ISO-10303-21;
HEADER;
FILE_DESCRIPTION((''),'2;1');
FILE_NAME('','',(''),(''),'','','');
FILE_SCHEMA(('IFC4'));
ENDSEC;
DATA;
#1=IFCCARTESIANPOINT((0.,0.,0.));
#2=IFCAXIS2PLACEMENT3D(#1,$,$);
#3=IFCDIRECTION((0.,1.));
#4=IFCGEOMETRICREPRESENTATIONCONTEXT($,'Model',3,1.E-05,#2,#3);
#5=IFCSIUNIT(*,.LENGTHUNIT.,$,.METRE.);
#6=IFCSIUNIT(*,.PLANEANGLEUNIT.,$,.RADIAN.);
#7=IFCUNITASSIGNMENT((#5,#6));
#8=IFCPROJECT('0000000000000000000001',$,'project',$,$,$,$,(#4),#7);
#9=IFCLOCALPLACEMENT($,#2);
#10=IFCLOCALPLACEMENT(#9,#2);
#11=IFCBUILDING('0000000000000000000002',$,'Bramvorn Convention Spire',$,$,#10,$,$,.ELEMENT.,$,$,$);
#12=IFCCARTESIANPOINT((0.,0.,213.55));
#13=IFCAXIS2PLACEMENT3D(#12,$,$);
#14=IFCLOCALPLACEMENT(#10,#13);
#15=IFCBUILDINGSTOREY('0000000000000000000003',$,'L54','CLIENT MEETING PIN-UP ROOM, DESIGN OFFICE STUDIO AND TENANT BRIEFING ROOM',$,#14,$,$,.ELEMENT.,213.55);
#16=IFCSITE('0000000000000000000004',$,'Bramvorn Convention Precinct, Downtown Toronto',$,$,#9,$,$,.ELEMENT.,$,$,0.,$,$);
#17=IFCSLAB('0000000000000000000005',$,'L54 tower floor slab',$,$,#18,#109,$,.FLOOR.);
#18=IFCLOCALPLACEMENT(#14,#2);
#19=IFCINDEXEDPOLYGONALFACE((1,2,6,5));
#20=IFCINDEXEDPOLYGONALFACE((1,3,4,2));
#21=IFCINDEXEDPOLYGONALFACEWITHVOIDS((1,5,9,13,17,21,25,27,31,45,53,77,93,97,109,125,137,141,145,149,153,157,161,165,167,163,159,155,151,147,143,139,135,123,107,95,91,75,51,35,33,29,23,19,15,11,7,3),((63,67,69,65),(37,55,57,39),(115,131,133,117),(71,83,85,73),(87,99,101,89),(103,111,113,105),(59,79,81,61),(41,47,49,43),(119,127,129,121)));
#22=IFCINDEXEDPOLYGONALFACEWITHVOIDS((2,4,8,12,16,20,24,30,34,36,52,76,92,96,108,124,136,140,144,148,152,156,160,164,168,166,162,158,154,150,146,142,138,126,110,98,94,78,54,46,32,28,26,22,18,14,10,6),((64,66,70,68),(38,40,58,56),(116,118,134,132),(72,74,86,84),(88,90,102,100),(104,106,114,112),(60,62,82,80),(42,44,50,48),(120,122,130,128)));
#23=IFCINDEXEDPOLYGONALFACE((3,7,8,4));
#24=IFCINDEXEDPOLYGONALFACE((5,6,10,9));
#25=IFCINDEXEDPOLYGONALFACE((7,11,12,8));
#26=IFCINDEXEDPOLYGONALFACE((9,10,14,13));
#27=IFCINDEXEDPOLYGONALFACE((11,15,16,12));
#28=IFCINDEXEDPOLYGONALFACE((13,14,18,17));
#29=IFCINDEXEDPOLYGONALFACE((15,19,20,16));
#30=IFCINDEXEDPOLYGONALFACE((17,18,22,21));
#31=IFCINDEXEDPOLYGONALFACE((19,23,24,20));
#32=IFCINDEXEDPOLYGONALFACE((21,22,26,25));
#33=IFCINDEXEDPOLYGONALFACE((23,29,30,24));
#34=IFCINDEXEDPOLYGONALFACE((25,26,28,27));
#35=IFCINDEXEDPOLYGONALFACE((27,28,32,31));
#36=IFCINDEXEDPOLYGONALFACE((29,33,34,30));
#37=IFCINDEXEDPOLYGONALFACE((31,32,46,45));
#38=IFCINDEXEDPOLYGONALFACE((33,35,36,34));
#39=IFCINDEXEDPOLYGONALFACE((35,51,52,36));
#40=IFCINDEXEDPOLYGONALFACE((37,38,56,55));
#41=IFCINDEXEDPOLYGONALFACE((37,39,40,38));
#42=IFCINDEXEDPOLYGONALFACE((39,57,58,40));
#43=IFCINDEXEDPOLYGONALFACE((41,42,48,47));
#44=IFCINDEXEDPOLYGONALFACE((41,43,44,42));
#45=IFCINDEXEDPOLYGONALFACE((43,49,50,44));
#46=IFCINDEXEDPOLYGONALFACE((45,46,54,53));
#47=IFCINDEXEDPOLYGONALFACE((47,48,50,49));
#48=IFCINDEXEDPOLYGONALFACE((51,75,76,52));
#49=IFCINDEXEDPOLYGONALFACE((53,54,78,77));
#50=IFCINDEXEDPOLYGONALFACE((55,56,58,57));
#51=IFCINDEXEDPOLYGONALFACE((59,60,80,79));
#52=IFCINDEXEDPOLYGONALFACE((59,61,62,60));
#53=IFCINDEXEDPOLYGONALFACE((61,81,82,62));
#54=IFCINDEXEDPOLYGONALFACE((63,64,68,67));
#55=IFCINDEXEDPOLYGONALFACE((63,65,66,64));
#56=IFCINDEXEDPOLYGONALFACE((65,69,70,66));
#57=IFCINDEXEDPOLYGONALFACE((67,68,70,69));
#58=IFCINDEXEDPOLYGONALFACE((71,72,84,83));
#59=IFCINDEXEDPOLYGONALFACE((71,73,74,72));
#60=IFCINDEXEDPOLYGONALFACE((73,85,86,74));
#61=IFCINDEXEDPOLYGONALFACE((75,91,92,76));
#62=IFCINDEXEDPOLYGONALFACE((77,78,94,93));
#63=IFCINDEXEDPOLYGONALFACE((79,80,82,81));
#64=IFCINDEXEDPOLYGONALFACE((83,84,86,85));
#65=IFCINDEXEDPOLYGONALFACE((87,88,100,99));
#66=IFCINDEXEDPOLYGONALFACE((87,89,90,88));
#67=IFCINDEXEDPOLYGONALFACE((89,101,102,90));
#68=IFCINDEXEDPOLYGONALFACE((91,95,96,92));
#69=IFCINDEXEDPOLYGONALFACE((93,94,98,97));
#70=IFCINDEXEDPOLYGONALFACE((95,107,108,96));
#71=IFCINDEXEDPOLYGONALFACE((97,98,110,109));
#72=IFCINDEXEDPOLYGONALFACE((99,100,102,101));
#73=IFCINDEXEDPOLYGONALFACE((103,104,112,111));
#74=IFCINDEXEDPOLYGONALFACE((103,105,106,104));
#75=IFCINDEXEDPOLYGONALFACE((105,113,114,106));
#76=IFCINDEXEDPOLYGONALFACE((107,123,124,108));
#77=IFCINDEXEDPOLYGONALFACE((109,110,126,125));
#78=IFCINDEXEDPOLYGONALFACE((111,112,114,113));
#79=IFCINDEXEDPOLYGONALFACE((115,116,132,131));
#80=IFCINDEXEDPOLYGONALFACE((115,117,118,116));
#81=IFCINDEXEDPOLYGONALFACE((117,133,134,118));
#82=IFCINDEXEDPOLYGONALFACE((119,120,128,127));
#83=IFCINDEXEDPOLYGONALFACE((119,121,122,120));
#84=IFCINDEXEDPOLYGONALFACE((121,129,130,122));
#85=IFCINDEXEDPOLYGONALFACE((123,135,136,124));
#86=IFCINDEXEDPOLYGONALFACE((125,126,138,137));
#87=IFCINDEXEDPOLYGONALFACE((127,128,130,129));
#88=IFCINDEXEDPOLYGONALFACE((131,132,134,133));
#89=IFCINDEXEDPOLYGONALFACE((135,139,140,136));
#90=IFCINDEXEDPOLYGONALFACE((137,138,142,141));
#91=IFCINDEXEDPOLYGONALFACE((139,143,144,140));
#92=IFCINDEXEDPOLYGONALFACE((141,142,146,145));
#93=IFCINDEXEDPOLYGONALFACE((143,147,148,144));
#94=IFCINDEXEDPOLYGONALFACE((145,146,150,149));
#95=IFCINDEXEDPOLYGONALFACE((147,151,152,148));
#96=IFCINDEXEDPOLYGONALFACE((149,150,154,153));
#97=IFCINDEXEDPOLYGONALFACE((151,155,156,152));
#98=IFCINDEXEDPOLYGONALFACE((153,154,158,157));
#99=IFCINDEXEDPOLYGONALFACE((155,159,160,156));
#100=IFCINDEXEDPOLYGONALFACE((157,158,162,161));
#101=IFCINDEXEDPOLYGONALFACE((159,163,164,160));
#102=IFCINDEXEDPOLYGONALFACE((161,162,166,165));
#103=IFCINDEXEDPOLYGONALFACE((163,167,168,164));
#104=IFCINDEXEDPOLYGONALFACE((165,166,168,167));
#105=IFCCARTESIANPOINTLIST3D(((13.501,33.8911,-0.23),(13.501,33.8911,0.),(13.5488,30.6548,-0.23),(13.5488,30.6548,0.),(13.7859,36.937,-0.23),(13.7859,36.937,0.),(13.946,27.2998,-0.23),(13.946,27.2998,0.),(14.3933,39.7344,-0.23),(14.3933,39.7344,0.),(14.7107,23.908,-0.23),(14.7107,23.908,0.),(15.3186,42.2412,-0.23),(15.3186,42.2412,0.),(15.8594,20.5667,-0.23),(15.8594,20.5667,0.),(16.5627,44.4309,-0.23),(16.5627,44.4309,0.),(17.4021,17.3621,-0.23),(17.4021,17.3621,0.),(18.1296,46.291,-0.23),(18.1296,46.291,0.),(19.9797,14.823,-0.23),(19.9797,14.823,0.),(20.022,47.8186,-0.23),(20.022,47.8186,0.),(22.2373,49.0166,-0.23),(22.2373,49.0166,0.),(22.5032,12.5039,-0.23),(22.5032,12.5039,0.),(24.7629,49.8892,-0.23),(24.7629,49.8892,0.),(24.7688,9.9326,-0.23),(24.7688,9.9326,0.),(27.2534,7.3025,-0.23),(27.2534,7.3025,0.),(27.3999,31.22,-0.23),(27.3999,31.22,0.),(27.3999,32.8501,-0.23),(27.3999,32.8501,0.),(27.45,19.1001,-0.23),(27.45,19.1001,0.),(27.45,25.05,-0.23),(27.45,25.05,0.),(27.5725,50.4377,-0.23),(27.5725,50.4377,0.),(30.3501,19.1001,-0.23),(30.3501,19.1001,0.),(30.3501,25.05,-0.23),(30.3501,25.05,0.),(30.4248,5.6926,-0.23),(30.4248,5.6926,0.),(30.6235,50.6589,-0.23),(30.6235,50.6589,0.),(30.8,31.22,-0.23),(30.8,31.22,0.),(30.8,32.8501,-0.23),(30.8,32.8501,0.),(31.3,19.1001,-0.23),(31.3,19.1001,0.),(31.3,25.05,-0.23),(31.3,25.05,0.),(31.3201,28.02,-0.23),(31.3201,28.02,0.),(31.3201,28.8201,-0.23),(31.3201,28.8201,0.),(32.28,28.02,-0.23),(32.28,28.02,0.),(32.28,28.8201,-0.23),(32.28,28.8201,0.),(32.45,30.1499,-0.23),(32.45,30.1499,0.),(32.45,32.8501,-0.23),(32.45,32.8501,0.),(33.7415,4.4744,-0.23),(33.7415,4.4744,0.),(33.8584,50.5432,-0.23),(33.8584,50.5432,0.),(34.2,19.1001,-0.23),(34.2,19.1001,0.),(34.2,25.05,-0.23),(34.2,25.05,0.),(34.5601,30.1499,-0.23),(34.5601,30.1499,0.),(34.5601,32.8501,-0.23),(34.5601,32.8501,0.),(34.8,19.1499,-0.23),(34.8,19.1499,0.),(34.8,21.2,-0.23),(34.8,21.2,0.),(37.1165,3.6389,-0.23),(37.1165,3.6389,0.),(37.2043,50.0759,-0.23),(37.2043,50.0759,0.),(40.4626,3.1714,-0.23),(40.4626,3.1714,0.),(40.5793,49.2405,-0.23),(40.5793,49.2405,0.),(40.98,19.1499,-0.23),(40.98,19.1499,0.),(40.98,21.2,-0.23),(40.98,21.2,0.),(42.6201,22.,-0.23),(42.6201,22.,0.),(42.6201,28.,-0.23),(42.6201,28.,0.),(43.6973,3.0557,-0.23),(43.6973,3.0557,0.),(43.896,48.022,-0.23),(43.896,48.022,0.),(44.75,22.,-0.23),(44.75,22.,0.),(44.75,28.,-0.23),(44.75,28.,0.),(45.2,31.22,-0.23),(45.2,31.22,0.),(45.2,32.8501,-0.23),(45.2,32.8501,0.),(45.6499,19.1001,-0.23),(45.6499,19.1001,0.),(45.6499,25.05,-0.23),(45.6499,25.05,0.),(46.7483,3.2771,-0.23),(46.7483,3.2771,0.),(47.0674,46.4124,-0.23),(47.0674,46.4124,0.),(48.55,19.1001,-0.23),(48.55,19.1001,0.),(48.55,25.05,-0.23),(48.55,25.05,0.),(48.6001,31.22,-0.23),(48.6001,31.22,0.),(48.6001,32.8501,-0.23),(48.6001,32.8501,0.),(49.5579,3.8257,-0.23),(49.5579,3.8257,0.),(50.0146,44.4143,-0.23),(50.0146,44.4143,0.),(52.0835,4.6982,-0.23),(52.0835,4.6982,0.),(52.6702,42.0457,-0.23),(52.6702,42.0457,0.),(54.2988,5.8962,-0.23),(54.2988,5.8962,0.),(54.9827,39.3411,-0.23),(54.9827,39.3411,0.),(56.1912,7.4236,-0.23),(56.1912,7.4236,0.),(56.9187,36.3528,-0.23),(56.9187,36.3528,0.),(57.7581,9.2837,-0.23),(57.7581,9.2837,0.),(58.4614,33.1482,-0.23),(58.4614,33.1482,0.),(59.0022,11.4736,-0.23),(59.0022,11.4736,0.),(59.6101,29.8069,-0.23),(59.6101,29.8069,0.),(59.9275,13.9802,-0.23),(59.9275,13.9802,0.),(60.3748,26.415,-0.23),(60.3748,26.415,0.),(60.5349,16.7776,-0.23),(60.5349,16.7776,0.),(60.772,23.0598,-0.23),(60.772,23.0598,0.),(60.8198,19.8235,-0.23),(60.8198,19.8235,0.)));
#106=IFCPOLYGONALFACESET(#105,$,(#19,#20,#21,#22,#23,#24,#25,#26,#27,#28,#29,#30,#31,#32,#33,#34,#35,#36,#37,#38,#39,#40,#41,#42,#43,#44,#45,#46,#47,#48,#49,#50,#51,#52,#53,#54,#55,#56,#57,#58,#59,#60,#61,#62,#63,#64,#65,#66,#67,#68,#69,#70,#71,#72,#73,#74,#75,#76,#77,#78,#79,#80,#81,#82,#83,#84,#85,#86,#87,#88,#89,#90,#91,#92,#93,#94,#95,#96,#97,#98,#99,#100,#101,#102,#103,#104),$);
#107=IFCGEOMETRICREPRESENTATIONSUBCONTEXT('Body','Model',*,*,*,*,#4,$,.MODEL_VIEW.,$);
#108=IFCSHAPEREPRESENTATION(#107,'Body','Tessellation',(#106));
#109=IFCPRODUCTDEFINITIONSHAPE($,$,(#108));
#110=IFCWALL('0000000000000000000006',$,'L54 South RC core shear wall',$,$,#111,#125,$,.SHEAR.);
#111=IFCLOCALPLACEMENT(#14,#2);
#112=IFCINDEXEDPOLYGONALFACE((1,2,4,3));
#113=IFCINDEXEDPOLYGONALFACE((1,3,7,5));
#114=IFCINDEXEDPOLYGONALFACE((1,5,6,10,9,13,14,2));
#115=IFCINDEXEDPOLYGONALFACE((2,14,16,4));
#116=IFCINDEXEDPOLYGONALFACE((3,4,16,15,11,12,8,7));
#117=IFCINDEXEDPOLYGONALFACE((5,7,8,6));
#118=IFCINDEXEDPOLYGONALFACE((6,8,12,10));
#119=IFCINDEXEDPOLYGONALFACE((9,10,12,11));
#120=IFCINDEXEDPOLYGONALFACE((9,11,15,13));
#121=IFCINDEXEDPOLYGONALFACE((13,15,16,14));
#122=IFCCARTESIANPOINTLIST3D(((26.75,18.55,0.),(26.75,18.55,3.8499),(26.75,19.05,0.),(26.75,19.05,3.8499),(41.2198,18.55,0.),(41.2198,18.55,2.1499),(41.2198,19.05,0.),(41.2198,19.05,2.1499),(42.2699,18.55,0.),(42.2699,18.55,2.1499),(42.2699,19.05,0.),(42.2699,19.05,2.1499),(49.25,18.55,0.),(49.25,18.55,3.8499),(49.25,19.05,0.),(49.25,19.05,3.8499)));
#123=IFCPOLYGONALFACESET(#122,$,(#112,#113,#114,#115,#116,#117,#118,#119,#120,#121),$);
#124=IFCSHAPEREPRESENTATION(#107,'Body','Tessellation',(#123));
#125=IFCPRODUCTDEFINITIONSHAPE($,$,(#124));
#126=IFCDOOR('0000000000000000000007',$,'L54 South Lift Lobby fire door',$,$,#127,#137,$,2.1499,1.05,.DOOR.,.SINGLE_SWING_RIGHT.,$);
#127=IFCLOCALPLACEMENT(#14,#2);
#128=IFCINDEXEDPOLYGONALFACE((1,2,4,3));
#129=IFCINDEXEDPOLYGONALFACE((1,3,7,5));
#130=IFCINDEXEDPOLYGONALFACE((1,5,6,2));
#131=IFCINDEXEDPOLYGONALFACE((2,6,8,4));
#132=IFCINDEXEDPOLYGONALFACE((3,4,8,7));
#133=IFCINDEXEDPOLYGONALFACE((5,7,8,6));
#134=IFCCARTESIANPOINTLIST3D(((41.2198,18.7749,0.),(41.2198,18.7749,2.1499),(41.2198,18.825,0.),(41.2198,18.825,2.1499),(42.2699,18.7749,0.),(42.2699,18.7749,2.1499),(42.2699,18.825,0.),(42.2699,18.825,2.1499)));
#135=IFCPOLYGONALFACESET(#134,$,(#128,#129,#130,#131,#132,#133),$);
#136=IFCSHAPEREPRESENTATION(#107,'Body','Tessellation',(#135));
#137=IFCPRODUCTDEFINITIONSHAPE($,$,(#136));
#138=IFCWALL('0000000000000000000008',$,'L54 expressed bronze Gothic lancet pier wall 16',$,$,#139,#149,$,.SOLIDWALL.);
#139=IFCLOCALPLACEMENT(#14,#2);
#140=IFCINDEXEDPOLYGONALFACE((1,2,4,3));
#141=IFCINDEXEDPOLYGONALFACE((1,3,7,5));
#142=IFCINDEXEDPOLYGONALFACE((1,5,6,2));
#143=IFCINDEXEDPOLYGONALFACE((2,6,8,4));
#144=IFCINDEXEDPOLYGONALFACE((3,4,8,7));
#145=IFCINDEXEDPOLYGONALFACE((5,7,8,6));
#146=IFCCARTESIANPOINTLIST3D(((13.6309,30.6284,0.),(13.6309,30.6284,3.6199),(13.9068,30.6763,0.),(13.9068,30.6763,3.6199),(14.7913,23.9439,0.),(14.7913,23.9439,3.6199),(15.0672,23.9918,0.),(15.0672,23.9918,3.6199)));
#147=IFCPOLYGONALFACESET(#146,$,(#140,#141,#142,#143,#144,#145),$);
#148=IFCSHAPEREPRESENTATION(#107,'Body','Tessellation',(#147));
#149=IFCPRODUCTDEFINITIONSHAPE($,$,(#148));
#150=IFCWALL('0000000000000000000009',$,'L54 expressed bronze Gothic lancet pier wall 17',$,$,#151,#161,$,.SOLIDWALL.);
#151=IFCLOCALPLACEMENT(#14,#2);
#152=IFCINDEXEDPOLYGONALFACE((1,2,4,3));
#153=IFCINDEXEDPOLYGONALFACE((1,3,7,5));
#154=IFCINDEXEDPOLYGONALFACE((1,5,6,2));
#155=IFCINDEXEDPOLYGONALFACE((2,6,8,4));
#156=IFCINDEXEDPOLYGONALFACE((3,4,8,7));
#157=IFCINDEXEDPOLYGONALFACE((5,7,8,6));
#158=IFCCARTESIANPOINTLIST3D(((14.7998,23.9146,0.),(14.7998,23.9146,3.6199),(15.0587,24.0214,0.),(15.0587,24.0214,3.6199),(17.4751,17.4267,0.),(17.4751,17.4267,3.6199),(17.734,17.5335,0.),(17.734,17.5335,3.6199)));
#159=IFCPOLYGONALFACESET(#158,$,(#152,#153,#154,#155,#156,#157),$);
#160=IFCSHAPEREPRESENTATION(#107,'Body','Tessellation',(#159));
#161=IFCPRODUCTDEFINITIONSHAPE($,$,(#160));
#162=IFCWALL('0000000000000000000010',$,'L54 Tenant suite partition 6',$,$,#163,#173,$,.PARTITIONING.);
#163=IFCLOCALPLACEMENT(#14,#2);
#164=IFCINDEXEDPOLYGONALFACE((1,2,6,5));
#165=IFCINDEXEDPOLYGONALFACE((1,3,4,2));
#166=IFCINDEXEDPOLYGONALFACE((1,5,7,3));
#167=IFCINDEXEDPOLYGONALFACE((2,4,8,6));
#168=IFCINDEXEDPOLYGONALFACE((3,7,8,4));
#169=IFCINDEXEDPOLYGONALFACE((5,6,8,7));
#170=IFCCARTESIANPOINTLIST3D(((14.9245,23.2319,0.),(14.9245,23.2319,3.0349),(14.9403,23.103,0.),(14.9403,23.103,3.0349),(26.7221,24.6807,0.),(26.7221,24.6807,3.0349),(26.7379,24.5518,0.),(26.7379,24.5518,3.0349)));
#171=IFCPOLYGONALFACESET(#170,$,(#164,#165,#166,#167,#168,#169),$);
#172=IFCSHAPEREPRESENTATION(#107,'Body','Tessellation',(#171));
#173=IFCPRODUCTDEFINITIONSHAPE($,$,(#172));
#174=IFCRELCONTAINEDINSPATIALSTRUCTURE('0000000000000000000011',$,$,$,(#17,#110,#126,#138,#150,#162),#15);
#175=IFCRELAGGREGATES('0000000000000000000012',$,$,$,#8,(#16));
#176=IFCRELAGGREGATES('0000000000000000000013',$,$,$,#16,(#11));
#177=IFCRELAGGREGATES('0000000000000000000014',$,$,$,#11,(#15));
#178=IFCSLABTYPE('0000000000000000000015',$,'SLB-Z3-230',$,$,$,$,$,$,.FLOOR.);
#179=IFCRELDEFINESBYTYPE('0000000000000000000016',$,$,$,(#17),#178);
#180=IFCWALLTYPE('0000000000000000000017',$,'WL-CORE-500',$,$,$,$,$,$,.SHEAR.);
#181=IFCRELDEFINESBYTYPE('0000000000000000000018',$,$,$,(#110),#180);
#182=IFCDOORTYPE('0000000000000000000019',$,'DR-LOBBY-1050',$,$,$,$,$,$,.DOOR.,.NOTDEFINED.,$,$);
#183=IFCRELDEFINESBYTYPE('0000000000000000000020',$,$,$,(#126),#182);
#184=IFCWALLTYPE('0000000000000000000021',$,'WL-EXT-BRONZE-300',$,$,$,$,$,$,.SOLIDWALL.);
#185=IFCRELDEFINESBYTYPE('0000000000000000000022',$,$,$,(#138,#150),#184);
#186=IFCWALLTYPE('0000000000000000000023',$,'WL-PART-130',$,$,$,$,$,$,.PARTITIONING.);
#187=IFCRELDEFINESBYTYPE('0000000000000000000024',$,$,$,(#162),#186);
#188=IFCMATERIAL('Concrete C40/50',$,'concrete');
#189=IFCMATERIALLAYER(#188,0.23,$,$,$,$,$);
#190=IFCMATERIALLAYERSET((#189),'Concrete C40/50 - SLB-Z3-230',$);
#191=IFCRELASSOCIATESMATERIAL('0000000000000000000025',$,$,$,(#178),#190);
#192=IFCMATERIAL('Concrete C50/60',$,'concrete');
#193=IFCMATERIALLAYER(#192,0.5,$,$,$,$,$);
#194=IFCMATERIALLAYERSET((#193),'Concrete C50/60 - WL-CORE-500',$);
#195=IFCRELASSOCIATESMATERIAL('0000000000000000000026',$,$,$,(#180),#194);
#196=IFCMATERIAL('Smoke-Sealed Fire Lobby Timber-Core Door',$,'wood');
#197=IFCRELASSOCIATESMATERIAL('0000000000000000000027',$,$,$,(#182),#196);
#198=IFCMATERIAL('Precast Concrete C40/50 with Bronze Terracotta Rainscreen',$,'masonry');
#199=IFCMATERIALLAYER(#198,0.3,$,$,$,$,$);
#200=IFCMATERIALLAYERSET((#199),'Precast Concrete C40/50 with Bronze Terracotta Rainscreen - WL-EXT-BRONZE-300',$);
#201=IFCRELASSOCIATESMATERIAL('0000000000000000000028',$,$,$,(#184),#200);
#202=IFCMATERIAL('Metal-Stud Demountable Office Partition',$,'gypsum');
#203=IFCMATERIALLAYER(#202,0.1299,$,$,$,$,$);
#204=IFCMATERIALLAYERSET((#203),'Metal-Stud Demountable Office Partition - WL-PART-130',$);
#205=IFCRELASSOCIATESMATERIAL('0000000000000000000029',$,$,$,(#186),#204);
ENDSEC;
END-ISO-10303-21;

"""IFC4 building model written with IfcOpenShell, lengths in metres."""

from ifc_helpers import new_model, si_unit, direction, frame, frame_2d, origin, place, context, subcontext, project, spatial, polyline, rectangle, outline, extrude, material, layer, layer_set, type_object, element, fill, save


model = new_model("IFC4")

# Units and contexts
model_context = context("Model", 3, precision=1e-05, world=origin(), true_north=direction((0.0, 1.0)))
body_context = subcontext(model_context, "Body", "Model", "MODEL_VIEW")
ifc_project = project(units=[si_unit("LENGTHUNIT", "METRE"), si_unit("PLANEANGLEUNIT", "RADIAN")], contexts=[model_context])

# Site, building, storey
site_placement = place(None, origin())
site = spatial("IfcSite", under=ifc_project, at=site_placement, Name="Bramvorn Convention Precinct, Downtown Toronto", CompositionType="ELEMENT", RefElevation=0.0)
building_placement = place(site_placement, origin())
building = spatial("IfcBuilding", under=site, at=building_placement, Name="Bramvorn Convention Spire", CompositionType="ELEMENT")
storey_placement = place(building_placement, frame((0.0, 0.0, 213.55)))
storey = spatial("IfcBuildingStorey", under=building, at=storey_placement, Name="L54", Description="CLIENT MEETING PIN-UP ROOM, DESIGN OFFICE STUDIO AND TENANT BRIEFING ROOM", CompositionType="ELEMENT", Elevation=213.55)

# Slab
ifc_material_1 = material(Name="Concrete C40/50", Category="concrete")
ifc_layer_1 = layer(ifc_material_1, 0.23)
ifc_layer_set_1 = layer_set([ifc_layer_1], Name="Concrete C40/50 - SLB-Z3-230")
slab_type_1 = type_object("IfcSlabType", Name="SLB-Z3-230", PredefinedType="FLOOR", material=ifc_layer_set_1)
slab_1_placement = place(storey_placement, frame((0.0, 0.0, -0.23)))
element("IfcSlab", 1, at=slab_1_placement, inside=storey, type_object=slab_type_1, Name="L54 tower floor slab", PredefinedType="FLOOR", context=body_context, shape_type="SweptSolid", body=[
    extrude(outline(polyline([(56.1912, 7.4236), (57.7581, 9.2837), (59.0022, 11.4736), (59.9275, 13.9802), (60.5349, 16.7776), (60.8198, 19.8235), (60.772, 23.0598), (60.3748, 26.415), (59.6101, 29.8069), (58.4614, 33.1482), (56.9187, 36.3528), (54.9827, 39.3411), (52.6702, 42.0457), (50.0146, 44.4143), (47.0674, 46.4124), (43.896, 48.022), (40.5793, 49.2405), (37.2043, 50.0759), (33.8584, 50.5432), (30.6235, 50.6589), (27.5725, 50.4377), (24.7629, 49.8892), (22.2373, 49.0166), (20.022, 47.8186), (18.1296, 46.291), (16.5627, 44.4309), (15.3186, 42.2412), (14.3933, 39.7344), (13.7859, 36.937), (13.501, 33.8911), (13.5488, 30.6548), (13.946, 27.2998), (14.7107, 23.908), (15.8594, 20.5667), (17.4021, 17.3621), (19.9797, 14.823), (22.5032, 12.5039), (24.7688, 9.9326), (27.2534, 7.3025), (30.4248, 5.6926), (33.7415, 4.4744), (37.1165, 3.6389), (40.4626, 3.1714), (43.6973, 3.0557), (46.7483, 3.2771), (49.5579, 3.8257), (52.0835, 4.6982), (54.2988, 5.8962), (56.1912, 7.4236)]), holes=[polyline([(27.45, 25.05), (27.45, 19.1001), (30.3501, 19.1001), (30.3501, 25.05), (27.45, 25.05)]), polyline([(45.6499, 25.05), (45.6499, 19.1001), (48.55, 19.1001), (48.55, 25.05), (45.6499, 25.05)]), polyline([(31.3, 25.05), (31.3, 19.1001), (34.2, 19.1001), (34.2, 25.05), (31.3, 25.05)]), polyline([(27.3999, 31.22), (30.8, 31.22), (30.8, 32.8501), (27.3999, 32.8501), (27.3999, 31.22)]), polyline([(45.2, 31.22), (48.6001, 31.22), (48.6001, 32.8501), (45.2, 32.8501), (45.2, 31.22)]), polyline([(32.45, 30.1499), (34.5601, 30.1499), (34.5601, 32.8501), (32.45, 32.8501), (32.45, 30.1499)]), polyline([(34.8, 19.1499), (40.98, 19.1499), (40.98, 21.2), (34.8, 21.2), (34.8, 19.1499)]), polyline([(42.6201, 22.0), (44.75, 22.0), (44.75, 28.0), (42.6201, 28.0), (42.6201, 22.0)]), polyline([(31.3201, 28.02), (32.28, 28.02), (32.28, 28.8201), (31.3201, 28.8201), (31.3201, 28.02)])]), origin(), (0.0, 0.0, 1.0), 0.23),
])

# Wall, opening, door
ifc_material_2 = material(Name="Concrete C50/60", Category="concrete")
ifc_layer_2 = layer(ifc_material_2, 0.5)
ifc_layer_set_2 = layer_set([ifc_layer_2], Name="Concrete C50/60 - WL-CORE-500")
wall_type_1 = type_object("IfcWallType", Name="WL-CORE-500", PredefinedType="SHEAR", material=ifc_layer_set_2)
wall_1_placement = place(storey_placement, frame((26.75, 18.8, 0.0), z_axis=(0.0, 0.0, 1.0), x_axis=(1.0, 0.0, 0.0)))
wall_1 = element("IfcWall", 2, at=wall_1_placement, inside=storey, type_object=wall_type_1, Name="L54 South RC core shear wall", PredefinedType="SHEAR", context=body_context, shape_type="SweptSolid", body=[
    extrude(rectangle(XDim=22.5, YDim=0.5, at=frame_2d((11.25, 0.0))), origin(), (0.0, 0.0, 1.0), 3.8499),
])
opening_placement = place(wall_1_placement, frame((14.47, 0.0, 0.0)))
opening = element("IfcOpeningElement", 3, at=opening_placement, cuts=wall_1, PredefinedType="OPENING", context=body_context, shape_type="SweptSolid", body=[
    extrude(rectangle(XDim=1.05, YDim=2.1499, at=frame_2d((0.5249, 1.075))), frame((0.0, 0.26, 0.0), z_axis=(0.0, -1.0, 0.0), x_axis=(1.0, 0.0, 0.0)), (0.0, 0.0, 1.0), 0.52),
])
ifc_material_3 = material(Name="Smoke-Sealed Fire Lobby Timber-Core Door", Category="wood")
door_type = type_object("IfcDoorType", Name="DR-LOBBY-1050", OperationType="NOTDEFINED", PredefinedType="DOOR", material=ifc_material_3)
door_placement = place(opening_placement, origin())
door = element("IfcDoor", 4, at=door_placement, inside=storey, type_object=door_type, Name="L54 South Lift Lobby fire door", OperationType="SINGLE_SWING_RIGHT", OverallHeight=2.1499, OverallWidth=1.05, PredefinedType="DOOR", context=body_context, shape_type="SweptSolid", body=[
    extrude(rectangle(XDim=1.05, YDim=2.1499, at=frame_2d((0.5249, 1.075))), frame((0.0, 0.0249, 0.0), z_axis=(0.0, -1.0, 0.0), x_axis=(1.0, 0.0, 0.0)), (0.0, 0.0, 1.0), 0.05),
])
fill(opening, door)

# Walls
ifc_material_4 = material(Name="Precast Concrete C40/50 with Bronze Terracotta Rainscreen", Category="masonry")
ifc_layer_3 = layer(ifc_material_4, 0.3)
ifc_layer_set_3 = layer_set([ifc_layer_3], Name="Precast Concrete C40/50 with Bronze Terracotta Rainscreen - WL-EXT-BRONZE-300")
wall_type_2 = type_object("IfcWallType", Name="WL-EXT-BRONZE-300", PredefinedType="SOLIDWALL", material=ifc_layer_set_3)
wall_2_placement = place(storey_placement, frame((14.9292, 23.968, 0.0), z_axis=(0.0, 0.0, 1.0), x_axis=(-0.171036, 0.985265, 0.0)))
element("IfcWall", 5, at=wall_2_placement, inside=storey, type_object=wall_type_2, Name="L54 expressed bronze Gothic lancet pier wall 16", PredefinedType="SOLIDWALL", context=body_context, shape_type="SweptSolid", body=[
    extrude(rectangle(XDim=6.7844, YDim=0.28, at=frame_2d((3.3921, 0.0))), origin(), (0.0, 0.0, 1.0), 3.6199),
])
wall_3_placement = place(storey_placement, frame((17.6045, 17.4802, 0.0), z_axis=(0.0, 0.0, 1.0), x_axis=(-0.381219, 0.924485, 0.0)))
element("IfcWall", 6, at=wall_3_placement, inside=storey, type_object=wall_type_2, Name="L54 expressed bronze Gothic lancet pier wall 17", PredefinedType="SOLIDWALL", context=body_context, shape_type="SweptSolid", body=[
    extrude(rectangle(XDim=7.0178, YDim=0.28, at=frame_2d((3.5088, 0.0))), origin(), (0.0, 0.0, 1.0), 3.6199),
])
ifc_material_5 = material(Name="Metal-Stud Demountable Office Partition", Category="gypsum")
ifc_layer_4 = layer(ifc_material_5, 0.1299)
ifc_layer_set_4 = layer_set([ifc_layer_4], Name="Metal-Stud Demountable Office Partition - WL-PART-130")
wall_type_3 = type_object("IfcWallType", Name="WL-PART-130", PredefinedType="PARTITIONING", material=ifc_layer_set_4)
wall_4_placement = place(storey_placement, frame((26.73, 24.6162, 0.0), z_axis=(0.0, 0.0, 1.0), x_axis=(-0.992544, -0.121883, 0.0)))
element("IfcWall", 7, at=wall_4_placement, inside=storey, type_object=wall_type_3, Name="L54 Tenant suite partition 6", PredefinedType="PARTITIONING", context=body_context, shape_type="SweptSolid", body=[
    extrude(rectangle(XDim=11.8862, YDim=0.1299, at=frame_2d((5.9431, 0.0))), origin(), (0.0, 0.0, 1.0), 3.0349),
])

save(model, "model.ifc")
